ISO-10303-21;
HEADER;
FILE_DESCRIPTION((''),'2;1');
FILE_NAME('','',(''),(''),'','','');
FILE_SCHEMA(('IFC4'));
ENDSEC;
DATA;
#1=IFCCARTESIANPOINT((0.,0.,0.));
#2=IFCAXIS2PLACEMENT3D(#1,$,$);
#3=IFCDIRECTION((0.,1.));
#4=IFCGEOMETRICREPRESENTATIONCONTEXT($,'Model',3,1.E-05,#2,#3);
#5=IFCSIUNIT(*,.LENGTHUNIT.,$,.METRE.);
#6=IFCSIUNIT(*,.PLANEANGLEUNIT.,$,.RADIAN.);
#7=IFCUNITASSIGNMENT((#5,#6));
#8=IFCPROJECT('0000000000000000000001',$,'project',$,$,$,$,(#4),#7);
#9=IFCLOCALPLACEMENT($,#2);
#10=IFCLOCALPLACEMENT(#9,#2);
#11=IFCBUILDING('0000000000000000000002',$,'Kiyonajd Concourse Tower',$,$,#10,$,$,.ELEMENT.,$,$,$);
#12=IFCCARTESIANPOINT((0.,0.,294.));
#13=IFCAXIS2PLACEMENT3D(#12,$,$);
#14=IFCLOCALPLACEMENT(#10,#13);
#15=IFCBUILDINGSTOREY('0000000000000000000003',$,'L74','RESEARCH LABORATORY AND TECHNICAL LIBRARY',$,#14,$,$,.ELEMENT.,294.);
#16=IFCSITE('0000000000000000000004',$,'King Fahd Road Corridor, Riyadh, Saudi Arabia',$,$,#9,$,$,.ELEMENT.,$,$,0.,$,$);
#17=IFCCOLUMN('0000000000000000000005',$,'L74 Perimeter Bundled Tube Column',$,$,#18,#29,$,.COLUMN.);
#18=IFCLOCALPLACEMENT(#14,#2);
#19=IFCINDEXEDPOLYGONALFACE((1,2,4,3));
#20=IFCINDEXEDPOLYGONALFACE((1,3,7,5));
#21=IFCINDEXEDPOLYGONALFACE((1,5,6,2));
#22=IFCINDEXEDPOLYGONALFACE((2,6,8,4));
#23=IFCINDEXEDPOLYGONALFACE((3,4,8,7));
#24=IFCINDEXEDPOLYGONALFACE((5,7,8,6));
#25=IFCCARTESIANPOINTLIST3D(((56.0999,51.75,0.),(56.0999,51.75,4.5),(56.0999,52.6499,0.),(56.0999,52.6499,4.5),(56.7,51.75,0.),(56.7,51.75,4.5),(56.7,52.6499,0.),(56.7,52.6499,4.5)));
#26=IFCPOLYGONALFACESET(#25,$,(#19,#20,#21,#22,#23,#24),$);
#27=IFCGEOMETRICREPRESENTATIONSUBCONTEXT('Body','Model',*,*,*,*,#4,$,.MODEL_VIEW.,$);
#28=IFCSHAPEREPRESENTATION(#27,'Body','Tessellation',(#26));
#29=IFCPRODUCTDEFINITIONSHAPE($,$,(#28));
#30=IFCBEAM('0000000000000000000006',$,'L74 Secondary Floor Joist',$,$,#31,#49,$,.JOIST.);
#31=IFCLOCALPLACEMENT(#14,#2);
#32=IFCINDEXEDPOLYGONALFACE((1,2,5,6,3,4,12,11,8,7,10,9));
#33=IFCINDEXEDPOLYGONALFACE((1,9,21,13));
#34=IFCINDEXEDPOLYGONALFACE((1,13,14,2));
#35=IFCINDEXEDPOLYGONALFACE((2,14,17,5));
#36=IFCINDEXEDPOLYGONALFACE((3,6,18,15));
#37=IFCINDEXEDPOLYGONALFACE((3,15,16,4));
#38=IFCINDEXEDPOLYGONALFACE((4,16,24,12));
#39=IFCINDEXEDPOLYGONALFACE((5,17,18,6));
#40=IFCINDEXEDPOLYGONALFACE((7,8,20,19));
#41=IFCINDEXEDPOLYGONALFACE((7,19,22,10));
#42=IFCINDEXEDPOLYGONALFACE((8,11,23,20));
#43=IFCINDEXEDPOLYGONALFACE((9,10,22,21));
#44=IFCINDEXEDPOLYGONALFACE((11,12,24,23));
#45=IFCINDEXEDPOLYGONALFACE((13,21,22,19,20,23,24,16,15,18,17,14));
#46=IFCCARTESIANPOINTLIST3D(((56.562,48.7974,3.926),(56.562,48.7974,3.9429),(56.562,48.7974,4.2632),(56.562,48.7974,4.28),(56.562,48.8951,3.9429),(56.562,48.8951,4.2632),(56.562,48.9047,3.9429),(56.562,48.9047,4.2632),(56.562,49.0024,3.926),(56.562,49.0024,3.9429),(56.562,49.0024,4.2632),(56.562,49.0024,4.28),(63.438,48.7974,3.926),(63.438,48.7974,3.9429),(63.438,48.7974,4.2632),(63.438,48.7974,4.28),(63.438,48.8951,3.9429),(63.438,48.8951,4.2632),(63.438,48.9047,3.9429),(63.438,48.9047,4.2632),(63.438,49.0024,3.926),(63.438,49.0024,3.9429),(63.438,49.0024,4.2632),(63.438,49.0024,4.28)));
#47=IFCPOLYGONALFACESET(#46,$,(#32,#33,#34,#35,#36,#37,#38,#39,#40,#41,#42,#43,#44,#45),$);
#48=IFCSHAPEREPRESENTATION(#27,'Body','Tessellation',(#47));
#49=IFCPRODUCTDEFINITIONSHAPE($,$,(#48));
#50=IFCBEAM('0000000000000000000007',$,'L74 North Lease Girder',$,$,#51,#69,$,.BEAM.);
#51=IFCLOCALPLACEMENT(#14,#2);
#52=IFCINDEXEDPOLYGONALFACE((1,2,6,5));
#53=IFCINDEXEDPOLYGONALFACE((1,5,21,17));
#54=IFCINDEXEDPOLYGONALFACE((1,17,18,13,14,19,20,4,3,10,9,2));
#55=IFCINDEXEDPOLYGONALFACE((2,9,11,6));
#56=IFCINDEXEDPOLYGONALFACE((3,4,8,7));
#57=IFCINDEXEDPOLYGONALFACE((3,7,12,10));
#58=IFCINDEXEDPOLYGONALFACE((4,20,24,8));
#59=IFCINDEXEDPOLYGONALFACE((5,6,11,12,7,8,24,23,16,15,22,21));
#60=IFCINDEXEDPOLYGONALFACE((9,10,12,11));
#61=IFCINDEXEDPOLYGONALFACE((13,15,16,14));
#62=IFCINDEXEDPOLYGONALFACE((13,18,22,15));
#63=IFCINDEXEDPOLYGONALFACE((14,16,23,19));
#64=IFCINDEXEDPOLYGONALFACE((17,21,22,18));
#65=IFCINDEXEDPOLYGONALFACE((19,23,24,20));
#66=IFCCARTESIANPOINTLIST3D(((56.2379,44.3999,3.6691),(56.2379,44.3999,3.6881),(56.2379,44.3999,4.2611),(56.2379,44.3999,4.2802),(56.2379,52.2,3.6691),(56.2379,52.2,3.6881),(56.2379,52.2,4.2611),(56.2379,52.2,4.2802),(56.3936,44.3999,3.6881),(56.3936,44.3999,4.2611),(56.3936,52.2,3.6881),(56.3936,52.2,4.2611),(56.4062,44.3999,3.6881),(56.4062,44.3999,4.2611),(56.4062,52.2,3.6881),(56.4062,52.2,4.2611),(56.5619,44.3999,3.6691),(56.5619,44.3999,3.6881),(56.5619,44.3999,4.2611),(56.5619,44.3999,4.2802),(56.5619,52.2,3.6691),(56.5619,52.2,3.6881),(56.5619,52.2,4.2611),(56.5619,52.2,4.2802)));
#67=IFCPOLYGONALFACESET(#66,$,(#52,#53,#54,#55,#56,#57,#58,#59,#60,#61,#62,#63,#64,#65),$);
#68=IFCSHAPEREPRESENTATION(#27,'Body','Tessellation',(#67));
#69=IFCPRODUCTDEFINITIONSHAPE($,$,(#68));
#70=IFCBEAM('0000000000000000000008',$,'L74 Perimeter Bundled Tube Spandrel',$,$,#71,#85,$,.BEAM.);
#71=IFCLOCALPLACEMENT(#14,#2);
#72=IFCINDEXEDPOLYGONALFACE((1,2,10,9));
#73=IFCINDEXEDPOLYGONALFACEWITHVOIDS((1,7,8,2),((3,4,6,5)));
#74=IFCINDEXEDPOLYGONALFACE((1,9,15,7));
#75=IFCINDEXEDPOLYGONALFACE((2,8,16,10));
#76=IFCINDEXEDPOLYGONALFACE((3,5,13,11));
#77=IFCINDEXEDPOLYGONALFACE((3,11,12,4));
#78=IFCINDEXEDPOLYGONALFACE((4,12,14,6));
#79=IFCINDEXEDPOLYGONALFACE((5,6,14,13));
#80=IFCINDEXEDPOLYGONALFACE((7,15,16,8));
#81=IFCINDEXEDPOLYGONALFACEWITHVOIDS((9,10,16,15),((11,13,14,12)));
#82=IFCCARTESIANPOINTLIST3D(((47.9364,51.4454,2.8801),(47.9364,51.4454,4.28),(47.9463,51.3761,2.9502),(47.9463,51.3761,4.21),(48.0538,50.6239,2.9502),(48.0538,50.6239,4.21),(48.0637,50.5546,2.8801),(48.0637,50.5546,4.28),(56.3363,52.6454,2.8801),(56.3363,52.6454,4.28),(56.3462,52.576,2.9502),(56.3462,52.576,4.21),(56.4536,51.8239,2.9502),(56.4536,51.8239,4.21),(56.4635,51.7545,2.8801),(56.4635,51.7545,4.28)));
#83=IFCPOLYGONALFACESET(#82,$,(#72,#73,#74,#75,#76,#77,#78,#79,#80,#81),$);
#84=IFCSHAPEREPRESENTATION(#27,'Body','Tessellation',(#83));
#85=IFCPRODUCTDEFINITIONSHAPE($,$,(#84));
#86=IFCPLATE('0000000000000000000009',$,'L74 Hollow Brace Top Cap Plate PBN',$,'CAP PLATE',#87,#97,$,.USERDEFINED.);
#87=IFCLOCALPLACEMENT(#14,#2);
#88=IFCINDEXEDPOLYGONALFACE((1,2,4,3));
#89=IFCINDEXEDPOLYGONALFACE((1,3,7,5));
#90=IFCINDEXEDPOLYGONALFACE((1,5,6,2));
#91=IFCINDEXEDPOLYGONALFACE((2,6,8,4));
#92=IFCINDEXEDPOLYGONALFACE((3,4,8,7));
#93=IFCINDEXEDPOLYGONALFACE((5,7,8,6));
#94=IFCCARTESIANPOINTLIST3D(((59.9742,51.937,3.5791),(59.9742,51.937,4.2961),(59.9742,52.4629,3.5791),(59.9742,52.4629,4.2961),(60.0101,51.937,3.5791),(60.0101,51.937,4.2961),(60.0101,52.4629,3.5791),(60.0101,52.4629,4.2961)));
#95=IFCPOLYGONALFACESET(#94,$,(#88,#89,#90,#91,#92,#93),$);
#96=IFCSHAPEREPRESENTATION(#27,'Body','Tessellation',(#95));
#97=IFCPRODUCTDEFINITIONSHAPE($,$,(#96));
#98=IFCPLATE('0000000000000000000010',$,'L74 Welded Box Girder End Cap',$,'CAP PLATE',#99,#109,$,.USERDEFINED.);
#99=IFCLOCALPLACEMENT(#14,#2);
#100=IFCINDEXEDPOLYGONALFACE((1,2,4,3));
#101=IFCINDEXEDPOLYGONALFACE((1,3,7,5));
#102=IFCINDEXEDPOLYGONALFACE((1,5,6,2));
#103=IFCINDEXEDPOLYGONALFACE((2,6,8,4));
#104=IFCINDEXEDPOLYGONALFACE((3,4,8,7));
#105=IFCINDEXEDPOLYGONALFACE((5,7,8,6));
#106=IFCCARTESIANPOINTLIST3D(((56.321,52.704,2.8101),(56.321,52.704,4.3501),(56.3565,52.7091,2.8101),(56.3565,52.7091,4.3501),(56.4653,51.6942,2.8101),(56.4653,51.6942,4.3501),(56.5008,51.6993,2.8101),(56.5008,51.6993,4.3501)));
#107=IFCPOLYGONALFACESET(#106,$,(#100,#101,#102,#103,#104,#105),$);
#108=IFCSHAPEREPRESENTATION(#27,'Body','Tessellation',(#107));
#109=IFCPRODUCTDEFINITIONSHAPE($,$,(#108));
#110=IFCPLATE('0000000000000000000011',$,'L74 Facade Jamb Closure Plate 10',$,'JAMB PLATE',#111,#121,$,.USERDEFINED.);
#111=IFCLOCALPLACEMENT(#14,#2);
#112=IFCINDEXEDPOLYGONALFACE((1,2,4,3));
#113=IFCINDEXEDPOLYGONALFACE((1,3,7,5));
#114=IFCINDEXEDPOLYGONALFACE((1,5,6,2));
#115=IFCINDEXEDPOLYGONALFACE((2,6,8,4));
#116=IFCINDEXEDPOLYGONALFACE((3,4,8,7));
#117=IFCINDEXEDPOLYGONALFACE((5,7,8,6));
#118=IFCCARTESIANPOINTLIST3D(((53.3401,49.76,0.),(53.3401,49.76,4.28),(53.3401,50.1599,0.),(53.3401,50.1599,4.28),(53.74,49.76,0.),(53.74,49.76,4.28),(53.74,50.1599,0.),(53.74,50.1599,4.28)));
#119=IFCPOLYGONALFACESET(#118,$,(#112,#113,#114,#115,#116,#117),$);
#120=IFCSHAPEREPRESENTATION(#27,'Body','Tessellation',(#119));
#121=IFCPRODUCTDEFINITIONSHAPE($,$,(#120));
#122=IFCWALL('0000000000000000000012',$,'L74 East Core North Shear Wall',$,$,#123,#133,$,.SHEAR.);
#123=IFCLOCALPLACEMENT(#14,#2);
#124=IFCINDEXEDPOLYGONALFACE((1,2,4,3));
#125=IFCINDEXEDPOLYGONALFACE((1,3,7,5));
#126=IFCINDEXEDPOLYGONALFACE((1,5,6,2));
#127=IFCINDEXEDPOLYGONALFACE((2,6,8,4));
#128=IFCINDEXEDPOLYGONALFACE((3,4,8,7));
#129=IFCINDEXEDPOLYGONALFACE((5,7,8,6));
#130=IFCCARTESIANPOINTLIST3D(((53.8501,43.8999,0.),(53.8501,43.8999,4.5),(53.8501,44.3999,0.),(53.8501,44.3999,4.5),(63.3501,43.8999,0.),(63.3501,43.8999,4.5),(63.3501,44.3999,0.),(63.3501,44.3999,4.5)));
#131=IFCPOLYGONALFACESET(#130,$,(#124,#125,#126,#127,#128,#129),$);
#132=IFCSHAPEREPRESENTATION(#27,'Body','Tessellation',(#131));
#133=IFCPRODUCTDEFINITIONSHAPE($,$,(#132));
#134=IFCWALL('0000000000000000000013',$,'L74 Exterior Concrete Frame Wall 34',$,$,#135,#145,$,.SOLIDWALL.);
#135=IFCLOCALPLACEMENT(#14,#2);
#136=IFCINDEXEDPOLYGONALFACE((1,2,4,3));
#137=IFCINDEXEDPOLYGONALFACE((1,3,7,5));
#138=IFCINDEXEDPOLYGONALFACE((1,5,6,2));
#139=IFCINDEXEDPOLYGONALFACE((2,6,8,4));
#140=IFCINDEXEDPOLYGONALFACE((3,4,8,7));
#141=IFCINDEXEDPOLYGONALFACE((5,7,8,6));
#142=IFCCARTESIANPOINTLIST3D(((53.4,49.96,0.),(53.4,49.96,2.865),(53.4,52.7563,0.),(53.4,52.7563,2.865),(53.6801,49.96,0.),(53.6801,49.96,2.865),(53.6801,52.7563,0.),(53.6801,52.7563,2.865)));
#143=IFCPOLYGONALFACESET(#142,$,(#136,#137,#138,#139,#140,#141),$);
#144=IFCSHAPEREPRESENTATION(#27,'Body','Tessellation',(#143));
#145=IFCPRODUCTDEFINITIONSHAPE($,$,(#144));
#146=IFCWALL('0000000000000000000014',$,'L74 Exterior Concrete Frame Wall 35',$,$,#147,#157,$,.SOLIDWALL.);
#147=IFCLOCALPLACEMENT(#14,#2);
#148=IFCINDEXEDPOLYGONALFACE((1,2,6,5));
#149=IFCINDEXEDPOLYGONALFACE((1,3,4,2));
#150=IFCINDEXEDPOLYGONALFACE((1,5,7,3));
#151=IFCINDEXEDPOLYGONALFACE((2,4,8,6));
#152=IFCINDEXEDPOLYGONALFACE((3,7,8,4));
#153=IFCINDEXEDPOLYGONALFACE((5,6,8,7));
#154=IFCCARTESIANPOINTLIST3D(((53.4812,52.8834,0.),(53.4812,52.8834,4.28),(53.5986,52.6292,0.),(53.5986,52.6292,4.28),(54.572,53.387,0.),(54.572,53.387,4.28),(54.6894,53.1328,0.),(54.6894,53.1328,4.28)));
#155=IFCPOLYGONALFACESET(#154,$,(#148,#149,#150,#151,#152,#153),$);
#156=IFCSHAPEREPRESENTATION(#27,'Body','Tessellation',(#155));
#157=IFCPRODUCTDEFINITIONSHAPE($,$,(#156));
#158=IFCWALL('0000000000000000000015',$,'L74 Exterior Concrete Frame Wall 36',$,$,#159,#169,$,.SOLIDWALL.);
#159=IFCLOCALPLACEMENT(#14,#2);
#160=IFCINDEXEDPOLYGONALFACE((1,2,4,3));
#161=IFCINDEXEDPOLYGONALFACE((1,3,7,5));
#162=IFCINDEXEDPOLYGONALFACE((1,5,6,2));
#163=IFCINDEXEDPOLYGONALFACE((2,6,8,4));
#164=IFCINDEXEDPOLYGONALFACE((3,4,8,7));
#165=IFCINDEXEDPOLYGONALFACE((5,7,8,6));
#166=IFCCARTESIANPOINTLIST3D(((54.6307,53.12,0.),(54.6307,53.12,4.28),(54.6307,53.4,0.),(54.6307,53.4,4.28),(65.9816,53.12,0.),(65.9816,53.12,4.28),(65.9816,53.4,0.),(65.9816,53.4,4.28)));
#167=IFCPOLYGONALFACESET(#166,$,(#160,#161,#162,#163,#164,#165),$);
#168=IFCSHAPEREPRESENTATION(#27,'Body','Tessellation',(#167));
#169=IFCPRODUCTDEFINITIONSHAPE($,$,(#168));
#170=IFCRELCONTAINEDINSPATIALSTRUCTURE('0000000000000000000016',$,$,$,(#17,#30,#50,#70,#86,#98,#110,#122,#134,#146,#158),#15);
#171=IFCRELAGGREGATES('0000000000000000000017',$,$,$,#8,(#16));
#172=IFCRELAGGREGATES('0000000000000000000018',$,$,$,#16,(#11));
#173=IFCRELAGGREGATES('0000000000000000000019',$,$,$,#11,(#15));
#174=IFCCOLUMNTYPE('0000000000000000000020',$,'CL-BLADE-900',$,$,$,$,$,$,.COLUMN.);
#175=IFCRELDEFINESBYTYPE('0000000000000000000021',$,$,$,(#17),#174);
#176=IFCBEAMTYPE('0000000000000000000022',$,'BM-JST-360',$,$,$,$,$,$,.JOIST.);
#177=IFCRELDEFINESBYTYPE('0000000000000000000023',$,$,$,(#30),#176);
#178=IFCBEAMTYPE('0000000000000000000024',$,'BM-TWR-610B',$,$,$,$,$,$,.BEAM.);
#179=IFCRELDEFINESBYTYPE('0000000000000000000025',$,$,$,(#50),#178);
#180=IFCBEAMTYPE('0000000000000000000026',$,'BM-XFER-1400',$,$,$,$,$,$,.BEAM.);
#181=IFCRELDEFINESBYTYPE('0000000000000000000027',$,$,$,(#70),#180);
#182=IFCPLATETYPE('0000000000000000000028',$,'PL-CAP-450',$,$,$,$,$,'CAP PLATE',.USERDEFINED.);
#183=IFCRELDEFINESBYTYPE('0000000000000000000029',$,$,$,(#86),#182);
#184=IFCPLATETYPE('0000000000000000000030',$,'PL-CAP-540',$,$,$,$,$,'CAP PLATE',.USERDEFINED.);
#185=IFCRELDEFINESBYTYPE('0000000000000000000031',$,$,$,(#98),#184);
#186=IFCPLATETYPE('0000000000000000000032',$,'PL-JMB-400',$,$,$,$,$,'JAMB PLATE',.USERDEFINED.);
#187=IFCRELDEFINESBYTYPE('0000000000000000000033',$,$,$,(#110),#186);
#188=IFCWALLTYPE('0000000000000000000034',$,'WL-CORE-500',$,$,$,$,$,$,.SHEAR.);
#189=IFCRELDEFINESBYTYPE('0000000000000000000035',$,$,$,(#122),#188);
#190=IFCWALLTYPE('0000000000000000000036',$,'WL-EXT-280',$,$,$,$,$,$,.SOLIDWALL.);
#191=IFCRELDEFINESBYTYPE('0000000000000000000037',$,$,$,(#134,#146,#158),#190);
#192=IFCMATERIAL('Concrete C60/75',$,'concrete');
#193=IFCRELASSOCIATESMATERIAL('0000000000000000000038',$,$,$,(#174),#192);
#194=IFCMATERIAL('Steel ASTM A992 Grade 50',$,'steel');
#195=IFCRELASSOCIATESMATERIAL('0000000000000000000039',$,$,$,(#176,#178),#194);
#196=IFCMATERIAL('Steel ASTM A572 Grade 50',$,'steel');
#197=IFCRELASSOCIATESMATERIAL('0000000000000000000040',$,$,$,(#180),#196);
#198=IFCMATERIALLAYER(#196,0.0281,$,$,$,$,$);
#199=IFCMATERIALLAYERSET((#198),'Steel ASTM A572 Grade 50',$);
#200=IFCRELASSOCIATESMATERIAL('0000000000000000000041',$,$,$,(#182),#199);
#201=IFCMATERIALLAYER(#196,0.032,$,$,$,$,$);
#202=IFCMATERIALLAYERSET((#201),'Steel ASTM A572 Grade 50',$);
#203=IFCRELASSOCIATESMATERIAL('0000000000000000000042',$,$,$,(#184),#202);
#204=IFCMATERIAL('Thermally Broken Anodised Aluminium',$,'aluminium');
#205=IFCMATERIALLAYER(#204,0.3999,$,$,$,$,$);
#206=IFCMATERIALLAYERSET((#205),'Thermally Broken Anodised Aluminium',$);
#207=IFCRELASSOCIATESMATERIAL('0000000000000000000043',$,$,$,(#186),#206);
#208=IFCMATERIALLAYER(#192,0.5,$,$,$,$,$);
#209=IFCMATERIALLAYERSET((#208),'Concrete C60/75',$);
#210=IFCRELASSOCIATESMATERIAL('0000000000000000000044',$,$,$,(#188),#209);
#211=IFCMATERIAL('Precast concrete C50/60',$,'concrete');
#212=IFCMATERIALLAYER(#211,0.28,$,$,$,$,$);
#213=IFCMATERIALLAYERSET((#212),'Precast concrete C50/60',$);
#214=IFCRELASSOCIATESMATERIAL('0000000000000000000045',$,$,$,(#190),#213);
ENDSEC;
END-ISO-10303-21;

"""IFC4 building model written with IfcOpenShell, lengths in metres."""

from ifc_helpers import new_model, si_unit, direction, frame, frame_2d, origin, origin_2d, place, context, subcontext, project, spatial, rectangle, hollow_rectangle, i_section, extrude, material, layer, layer_set, material_profile, profile_set, type_object, element, save


model = new_model("IFC4")

# Units and contexts
model_context = context("Model", 3, precision=1e-05, world=origin(), true_north=direction((0.0, 1.0)))
body_context = subcontext(model_context, "Body", "Model", "MODEL_VIEW")
ifc_project = project(units=[si_unit("LENGTHUNIT", "METRE"), si_unit("PLANEANGLEUNIT", "RADIAN")], contexts=[model_context])

# Site, building, storey
site_placement = place(None, origin())
site = spatial("IfcSite", under=ifc_project, at=site_placement, Name="King Fahd Road Corridor, Riyadh, Saudi Arabia", CompositionType="ELEMENT", RefElevation=0.0)
building_placement = place(site_placement, origin())
building = spatial("IfcBuilding", under=site, at=building_placement, Name="Kiyonajd Concourse Tower", CompositionType="ELEMENT")
storey_placement = place(building_placement, frame((0.0, 0.0, 294.0)))
storey = spatial("IfcBuildingStorey", under=building, at=storey_placement, Name="L74", Description="RESEARCH LABORATORY AND TECHNICAL LIBRARY", CompositionType="ELEMENT", Elevation=294.0)

# Column
ifc_material_1 = material(Name="Concrete C60/75", Category="concrete")
ifc_material_profile_1 = material_profile(ifc_material_1, rectangle(XDim=0.6001, YDim=0.8999, at=origin_2d()), Name="RC-900x600")
ifc_profile_set_1 = profile_set([ifc_material_profile_1], Name="Concrete C60/75")
column_type = type_object("IfcColumnType", Name="CL-BLADE-900", PredefinedType="COLUMN", material=ifc_profile_set_1)
column_placement = place(storey_placement, frame((56.3999, 52.2, 0.0), z_axis=(0.0, 0.0, 1.0), x_axis=(1.0, 0.0, 0.0)))
element("IfcColumn", 1, at=column_placement, inside=storey, type_object=column_type, Name="L74 Perimeter Bundled Tube Column", PredefinedType="COLUMN", context=body_context, shape_type="SweptSolid", body=[
    extrude(rectangle(XDim=0.6001, YDim=0.8999, at=origin_2d()), origin(), (0.0, 0.0, 1.0), 4.5),
])

# Beams
ifc_material_2 = material(Name="Steel ASTM A992 Grade 50", Category="steel")
ifc_material_profile_2 = material_profile(ifc_material_2, i_section(OverallWidth=0.2051, OverallDepth=0.354, WebThickness=0.0095, FlangeThickness=0.0168, at=origin_2d()), Name="W360X79")
ifc_profile_set_2 = profile_set([ifc_material_profile_2], Name="Steel ASTM A992 Grade 50")
beam_type_1 = type_object("IfcBeamType", Name="BM-JST-360", PredefinedType="JOIST", material=ifc_profile_set_2)
beam_1_placement = place(storey_placement, frame((56.562, 48.8999, 4.103), z_axis=(1.0, 0.0, 0.0), x_axis=(0.0, 1.0, 0.0)))
element("IfcBeam", 2, at=beam_1_placement, inside=storey, type_object=beam_type_1, Name="L74 Secondary Floor Joist", PredefinedType="JOIST", context=body_context, shape_type="SweptSolid", body=[
    extrude(i_section(OverallWidth=0.2051, OverallDepth=0.354, WebThickness=0.0095, FlangeThickness=0.0168, at=origin_2d()), origin(), (0.0, 0.0, 1.0), 6.876),
])
ifc_material_profile_3 = material_profile(ifc_material_2, i_section(OverallWidth=0.324, OverallDepth=0.6111, WebThickness=0.0127, FlangeThickness=0.019, at=origin_2d()), Name="W610X155")
ifc_profile_set_3 = profile_set([ifc_material_profile_3], Name="Steel ASTM A992 Grade 50")
beam_type_2 = type_object("IfcBeamType", Name="BM-TWR-610B", PredefinedType="BEAM", material=ifc_profile_set_3)
beam_2_placement = place(storey_placement, frame((56.3999, 44.3999, 3.9746), z_axis=(0.0, 1.0, 0.0), x_axis=(-1.0, 0.0, 0.0)))
element("IfcBeam", 3, at=beam_2_placement, inside=storey, type_object=beam_type_2, Name="L74 North Lease Girder", PredefinedType="BEAM", context=body_context, shape_type="SweptSolid", body=[
    extrude(i_section(OverallWidth=0.324, OverallDepth=0.6111, WebThickness=0.0127, FlangeThickness=0.019, at=origin_2d()), origin(), (0.0, 0.0, 1.0), 7.8),
])
ifc_material_3 = material(Name="Steel ASTM A572 Grade 50", Category="steel")
ifc_material_profile_4 = material_profile(ifc_material_3, hollow_rectangle(XDim=0.8999, YDim=1.3999, WallThickness=0.0701, at=origin_2d()), Name="BOX-1400x900x70")
ifc_profile_set_4 = profile_set([ifc_material_profile_4], Name="Steel ASTM A572 Grade 50")
beam_type_3 = type_object("IfcBeamType", Name="BM-XFER-1400", PredefinedType="BEAM", material=ifc_profile_set_4)
beam_3_placement = place(storey_placement, frame((56.3999, 52.2, 3.5801), z_axis=(-0.98995, -0.141417, 0.0), x_axis=(0.141417, -0.98995, 0.0)))
element("IfcBeam", 4, at=beam_3_placement, inside=storey, type_object=beam_type_3, Name="L74 Perimeter Bundled Tube Spandrel", PredefinedType="BEAM", context=body_context, shape_type="SweptSolid", body=[
    extrude(hollow_rectangle(XDim=0.8999, YDim=1.3999, WallThickness=0.0701, at=origin_2d()), origin(), (0.0, 0.0, 1.0), 8.4851),
])

# Plates
ifc_layer_1 = layer(ifc_material_3, 0.0281)
ifc_layer_set_1 = layer_set([ifc_layer_1], Name="Steel ASTM A572 Grade 50")
plate_type_1 = type_object("IfcPlateType", Name="PL-CAP-450", ElementType="CAP PLATE", PredefinedType="USERDEFINED", material=ifc_layer_set_1)
plate_1_placement = place(storey_placement, frame((59.9922, 52.2, 3.5791), z_axis=(0.0, 0.0, 1.0), x_axis=(-1.0, 0.0, 0.0)))
element("IfcPlate", 5, at=plate_1_placement, inside=storey, type_object=plate_type_1, Name="L74 Hollow Brace Top Cap Plate PBN", ObjectType="CAP PLATE", PredefinedType="USERDEFINED", context=body_context, shape_type="SweptSolid", body=[
    extrude(rectangle(XDim=0.0359, YDim=0.5259, at=origin_2d()), origin(), (0.0, 0.0, 1.0), 0.717),
])
ifc_layer_2 = layer(ifc_material_3, 0.032)
ifc_layer_set_2 = layer_set([ifc_layer_2], Name="Steel ASTM A572 Grade 50")
plate_type_2 = type_object("IfcPlateType", Name="PL-CAP-540", ElementType="CAP PLATE", PredefinedType="USERDEFINED", material=ifc_layer_set_2)
plate_2_placement = place(storey_placement, frame((56.4109, 52.2017, 2.8101), z_axis=(0.0, 0.0, 1.0), x_axis=(0.98995, 0.14142, 0.0)))
element("IfcPlate", 6, at=plate_2_placement, inside=storey, type_object=plate_type_2, Name="L74 Welded Box Girder End Cap", ObjectType="CAP PLATE", PredefinedType="USERDEFINED", context=body_context, shape_type="SweptSolid", body=[
    extrude(rectangle(XDim=0.0359, YDim=1.02, at=origin_2d()), origin(), (0.0, 0.0, 1.0), 1.54),
])
ifc_material_4 = material(Name="Thermally Broken Anodised Aluminium", Category="aluminium")
ifc_layer_3 = layer(ifc_material_4, 0.3999)
ifc_layer_set_3 = layer_set([ifc_layer_3], Name="Thermally Broken Anodised Aluminium")
plate_type_3 = type_object("IfcPlateType", Name="PL-JMB-400", ElementType="JAMB PLATE", PredefinedType="USERDEFINED", material=ifc_layer_set_3)
plate_3_placement = place(storey_placement, frame((53.54, 49.96, 0.0), z_axis=(0.0, 0.0, 1.0), x_axis=(1.0, 0.0, 0.0)))
element("IfcPlate", 7, at=plate_3_placement, inside=storey, type_object=plate_type_3, Name="L74 Facade Jamb Closure Plate 10", ObjectType="JAMB PLATE", PredefinedType="USERDEFINED", context=body_context, shape_type="SweptSolid", body=[
    extrude(rectangle(XDim=0.3999, YDim=0.3999, at=origin_2d()), origin(), (0.0, 0.0, 1.0), 4.28),
])

# Walls
ifc_layer_4 = layer(ifc_material_1, 0.5)
ifc_layer_set_4 = layer_set([ifc_layer_4], Name="Concrete C60/75")
wall_type_1 = type_object("IfcWallType", Name="WL-CORE-500", PredefinedType="SHEAR", material=ifc_layer_set_4)
wall_1_placement = place(storey_placement, frame((53.8501, 44.1499, 0.0), z_axis=(0.0, 0.0, 1.0), x_axis=(1.0, 0.0, 0.0)))
element("IfcWall", 8, at=wall_1_placement, inside=storey, type_object=wall_type_1, Name="L74 East Core North Shear Wall", PredefinedType="SHEAR", context=body_context, shape_type="SweptSolid", body=[
    extrude(rectangle(XDim=9.5, YDim=0.5, at=frame_2d((4.75, 0.0))), origin(), (0.0, 0.0, 1.0), 4.5),
])
ifc_material_5 = material(Name="Precast concrete C50/60", Category="concrete")
ifc_layer_5 = layer(ifc_material_5, 0.28)
ifc_layer_set_5 = layer_set([ifc_layer_5], Name="Precast concrete C50/60")
wall_type_2 = type_object("IfcWallType", Name="WL-EXT-280", PredefinedType="SOLIDWALL", material=ifc_layer_set_5)
wall_2_placement = place(storey_placement, frame((53.54, 49.96, 0.0), z_axis=(0.0, 0.0, 1.0), x_axis=(0.0, 1.0, 0.0)))
element("IfcWall", 9, at=wall_2_placement, inside=storey, type_object=wall_type_2, Name="L74 Exterior Concrete Frame Wall 34", PredefinedType="SOLIDWALL", context=body_context, shape_type="SweptSolid", body=[
    extrude(rectangle(XDim=2.7964, YDim=0.28, at=frame_2d((1.3982, 0.0))), origin(), (0.0, 0.0, 1.0), 2.865),
])
wall_3_placement = place(storey_placement, frame((53.54, 52.7563, 0.0), z_axis=(0.0, 0.0, 1.0), x_axis=(0.907894, 0.4192, 0.0)))
element("IfcWall", 10, at=wall_3_placement, inside=storey, type_object=wall_type_2, Name="L74 Exterior Concrete Frame Wall 35", PredefinedType="SOLIDWALL", context=body_context, shape_type="SweptSolid", body=[
    extrude(rectangle(XDim=1.2014, YDim=0.28, at=frame_2d((0.6006, 0.0))), origin(), (0.0, 0.0, 1.0), 4.28),
])
wall_4_placement = place(storey_placement, frame((54.6309, 53.26, 0.0), z_axis=(0.0, 0.0, 1.0), x_axis=(1.0, 0.0, 0.0)))
element("IfcWall", 11, at=wall_4_placement, inside=storey, type_object=wall_type_2, Name="L74 Exterior Concrete Frame Wall 36", PredefinedType="SOLIDWALL", context=body_context, shape_type="SweptSolid", body=[
    extrude(rectangle(XDim=11.3508, YDim=0.28, at=frame_2d((5.6753, 0.0))), origin(), (0.0, 0.0, 1.0), 4.28),
])

save(model, "model.ifc")
